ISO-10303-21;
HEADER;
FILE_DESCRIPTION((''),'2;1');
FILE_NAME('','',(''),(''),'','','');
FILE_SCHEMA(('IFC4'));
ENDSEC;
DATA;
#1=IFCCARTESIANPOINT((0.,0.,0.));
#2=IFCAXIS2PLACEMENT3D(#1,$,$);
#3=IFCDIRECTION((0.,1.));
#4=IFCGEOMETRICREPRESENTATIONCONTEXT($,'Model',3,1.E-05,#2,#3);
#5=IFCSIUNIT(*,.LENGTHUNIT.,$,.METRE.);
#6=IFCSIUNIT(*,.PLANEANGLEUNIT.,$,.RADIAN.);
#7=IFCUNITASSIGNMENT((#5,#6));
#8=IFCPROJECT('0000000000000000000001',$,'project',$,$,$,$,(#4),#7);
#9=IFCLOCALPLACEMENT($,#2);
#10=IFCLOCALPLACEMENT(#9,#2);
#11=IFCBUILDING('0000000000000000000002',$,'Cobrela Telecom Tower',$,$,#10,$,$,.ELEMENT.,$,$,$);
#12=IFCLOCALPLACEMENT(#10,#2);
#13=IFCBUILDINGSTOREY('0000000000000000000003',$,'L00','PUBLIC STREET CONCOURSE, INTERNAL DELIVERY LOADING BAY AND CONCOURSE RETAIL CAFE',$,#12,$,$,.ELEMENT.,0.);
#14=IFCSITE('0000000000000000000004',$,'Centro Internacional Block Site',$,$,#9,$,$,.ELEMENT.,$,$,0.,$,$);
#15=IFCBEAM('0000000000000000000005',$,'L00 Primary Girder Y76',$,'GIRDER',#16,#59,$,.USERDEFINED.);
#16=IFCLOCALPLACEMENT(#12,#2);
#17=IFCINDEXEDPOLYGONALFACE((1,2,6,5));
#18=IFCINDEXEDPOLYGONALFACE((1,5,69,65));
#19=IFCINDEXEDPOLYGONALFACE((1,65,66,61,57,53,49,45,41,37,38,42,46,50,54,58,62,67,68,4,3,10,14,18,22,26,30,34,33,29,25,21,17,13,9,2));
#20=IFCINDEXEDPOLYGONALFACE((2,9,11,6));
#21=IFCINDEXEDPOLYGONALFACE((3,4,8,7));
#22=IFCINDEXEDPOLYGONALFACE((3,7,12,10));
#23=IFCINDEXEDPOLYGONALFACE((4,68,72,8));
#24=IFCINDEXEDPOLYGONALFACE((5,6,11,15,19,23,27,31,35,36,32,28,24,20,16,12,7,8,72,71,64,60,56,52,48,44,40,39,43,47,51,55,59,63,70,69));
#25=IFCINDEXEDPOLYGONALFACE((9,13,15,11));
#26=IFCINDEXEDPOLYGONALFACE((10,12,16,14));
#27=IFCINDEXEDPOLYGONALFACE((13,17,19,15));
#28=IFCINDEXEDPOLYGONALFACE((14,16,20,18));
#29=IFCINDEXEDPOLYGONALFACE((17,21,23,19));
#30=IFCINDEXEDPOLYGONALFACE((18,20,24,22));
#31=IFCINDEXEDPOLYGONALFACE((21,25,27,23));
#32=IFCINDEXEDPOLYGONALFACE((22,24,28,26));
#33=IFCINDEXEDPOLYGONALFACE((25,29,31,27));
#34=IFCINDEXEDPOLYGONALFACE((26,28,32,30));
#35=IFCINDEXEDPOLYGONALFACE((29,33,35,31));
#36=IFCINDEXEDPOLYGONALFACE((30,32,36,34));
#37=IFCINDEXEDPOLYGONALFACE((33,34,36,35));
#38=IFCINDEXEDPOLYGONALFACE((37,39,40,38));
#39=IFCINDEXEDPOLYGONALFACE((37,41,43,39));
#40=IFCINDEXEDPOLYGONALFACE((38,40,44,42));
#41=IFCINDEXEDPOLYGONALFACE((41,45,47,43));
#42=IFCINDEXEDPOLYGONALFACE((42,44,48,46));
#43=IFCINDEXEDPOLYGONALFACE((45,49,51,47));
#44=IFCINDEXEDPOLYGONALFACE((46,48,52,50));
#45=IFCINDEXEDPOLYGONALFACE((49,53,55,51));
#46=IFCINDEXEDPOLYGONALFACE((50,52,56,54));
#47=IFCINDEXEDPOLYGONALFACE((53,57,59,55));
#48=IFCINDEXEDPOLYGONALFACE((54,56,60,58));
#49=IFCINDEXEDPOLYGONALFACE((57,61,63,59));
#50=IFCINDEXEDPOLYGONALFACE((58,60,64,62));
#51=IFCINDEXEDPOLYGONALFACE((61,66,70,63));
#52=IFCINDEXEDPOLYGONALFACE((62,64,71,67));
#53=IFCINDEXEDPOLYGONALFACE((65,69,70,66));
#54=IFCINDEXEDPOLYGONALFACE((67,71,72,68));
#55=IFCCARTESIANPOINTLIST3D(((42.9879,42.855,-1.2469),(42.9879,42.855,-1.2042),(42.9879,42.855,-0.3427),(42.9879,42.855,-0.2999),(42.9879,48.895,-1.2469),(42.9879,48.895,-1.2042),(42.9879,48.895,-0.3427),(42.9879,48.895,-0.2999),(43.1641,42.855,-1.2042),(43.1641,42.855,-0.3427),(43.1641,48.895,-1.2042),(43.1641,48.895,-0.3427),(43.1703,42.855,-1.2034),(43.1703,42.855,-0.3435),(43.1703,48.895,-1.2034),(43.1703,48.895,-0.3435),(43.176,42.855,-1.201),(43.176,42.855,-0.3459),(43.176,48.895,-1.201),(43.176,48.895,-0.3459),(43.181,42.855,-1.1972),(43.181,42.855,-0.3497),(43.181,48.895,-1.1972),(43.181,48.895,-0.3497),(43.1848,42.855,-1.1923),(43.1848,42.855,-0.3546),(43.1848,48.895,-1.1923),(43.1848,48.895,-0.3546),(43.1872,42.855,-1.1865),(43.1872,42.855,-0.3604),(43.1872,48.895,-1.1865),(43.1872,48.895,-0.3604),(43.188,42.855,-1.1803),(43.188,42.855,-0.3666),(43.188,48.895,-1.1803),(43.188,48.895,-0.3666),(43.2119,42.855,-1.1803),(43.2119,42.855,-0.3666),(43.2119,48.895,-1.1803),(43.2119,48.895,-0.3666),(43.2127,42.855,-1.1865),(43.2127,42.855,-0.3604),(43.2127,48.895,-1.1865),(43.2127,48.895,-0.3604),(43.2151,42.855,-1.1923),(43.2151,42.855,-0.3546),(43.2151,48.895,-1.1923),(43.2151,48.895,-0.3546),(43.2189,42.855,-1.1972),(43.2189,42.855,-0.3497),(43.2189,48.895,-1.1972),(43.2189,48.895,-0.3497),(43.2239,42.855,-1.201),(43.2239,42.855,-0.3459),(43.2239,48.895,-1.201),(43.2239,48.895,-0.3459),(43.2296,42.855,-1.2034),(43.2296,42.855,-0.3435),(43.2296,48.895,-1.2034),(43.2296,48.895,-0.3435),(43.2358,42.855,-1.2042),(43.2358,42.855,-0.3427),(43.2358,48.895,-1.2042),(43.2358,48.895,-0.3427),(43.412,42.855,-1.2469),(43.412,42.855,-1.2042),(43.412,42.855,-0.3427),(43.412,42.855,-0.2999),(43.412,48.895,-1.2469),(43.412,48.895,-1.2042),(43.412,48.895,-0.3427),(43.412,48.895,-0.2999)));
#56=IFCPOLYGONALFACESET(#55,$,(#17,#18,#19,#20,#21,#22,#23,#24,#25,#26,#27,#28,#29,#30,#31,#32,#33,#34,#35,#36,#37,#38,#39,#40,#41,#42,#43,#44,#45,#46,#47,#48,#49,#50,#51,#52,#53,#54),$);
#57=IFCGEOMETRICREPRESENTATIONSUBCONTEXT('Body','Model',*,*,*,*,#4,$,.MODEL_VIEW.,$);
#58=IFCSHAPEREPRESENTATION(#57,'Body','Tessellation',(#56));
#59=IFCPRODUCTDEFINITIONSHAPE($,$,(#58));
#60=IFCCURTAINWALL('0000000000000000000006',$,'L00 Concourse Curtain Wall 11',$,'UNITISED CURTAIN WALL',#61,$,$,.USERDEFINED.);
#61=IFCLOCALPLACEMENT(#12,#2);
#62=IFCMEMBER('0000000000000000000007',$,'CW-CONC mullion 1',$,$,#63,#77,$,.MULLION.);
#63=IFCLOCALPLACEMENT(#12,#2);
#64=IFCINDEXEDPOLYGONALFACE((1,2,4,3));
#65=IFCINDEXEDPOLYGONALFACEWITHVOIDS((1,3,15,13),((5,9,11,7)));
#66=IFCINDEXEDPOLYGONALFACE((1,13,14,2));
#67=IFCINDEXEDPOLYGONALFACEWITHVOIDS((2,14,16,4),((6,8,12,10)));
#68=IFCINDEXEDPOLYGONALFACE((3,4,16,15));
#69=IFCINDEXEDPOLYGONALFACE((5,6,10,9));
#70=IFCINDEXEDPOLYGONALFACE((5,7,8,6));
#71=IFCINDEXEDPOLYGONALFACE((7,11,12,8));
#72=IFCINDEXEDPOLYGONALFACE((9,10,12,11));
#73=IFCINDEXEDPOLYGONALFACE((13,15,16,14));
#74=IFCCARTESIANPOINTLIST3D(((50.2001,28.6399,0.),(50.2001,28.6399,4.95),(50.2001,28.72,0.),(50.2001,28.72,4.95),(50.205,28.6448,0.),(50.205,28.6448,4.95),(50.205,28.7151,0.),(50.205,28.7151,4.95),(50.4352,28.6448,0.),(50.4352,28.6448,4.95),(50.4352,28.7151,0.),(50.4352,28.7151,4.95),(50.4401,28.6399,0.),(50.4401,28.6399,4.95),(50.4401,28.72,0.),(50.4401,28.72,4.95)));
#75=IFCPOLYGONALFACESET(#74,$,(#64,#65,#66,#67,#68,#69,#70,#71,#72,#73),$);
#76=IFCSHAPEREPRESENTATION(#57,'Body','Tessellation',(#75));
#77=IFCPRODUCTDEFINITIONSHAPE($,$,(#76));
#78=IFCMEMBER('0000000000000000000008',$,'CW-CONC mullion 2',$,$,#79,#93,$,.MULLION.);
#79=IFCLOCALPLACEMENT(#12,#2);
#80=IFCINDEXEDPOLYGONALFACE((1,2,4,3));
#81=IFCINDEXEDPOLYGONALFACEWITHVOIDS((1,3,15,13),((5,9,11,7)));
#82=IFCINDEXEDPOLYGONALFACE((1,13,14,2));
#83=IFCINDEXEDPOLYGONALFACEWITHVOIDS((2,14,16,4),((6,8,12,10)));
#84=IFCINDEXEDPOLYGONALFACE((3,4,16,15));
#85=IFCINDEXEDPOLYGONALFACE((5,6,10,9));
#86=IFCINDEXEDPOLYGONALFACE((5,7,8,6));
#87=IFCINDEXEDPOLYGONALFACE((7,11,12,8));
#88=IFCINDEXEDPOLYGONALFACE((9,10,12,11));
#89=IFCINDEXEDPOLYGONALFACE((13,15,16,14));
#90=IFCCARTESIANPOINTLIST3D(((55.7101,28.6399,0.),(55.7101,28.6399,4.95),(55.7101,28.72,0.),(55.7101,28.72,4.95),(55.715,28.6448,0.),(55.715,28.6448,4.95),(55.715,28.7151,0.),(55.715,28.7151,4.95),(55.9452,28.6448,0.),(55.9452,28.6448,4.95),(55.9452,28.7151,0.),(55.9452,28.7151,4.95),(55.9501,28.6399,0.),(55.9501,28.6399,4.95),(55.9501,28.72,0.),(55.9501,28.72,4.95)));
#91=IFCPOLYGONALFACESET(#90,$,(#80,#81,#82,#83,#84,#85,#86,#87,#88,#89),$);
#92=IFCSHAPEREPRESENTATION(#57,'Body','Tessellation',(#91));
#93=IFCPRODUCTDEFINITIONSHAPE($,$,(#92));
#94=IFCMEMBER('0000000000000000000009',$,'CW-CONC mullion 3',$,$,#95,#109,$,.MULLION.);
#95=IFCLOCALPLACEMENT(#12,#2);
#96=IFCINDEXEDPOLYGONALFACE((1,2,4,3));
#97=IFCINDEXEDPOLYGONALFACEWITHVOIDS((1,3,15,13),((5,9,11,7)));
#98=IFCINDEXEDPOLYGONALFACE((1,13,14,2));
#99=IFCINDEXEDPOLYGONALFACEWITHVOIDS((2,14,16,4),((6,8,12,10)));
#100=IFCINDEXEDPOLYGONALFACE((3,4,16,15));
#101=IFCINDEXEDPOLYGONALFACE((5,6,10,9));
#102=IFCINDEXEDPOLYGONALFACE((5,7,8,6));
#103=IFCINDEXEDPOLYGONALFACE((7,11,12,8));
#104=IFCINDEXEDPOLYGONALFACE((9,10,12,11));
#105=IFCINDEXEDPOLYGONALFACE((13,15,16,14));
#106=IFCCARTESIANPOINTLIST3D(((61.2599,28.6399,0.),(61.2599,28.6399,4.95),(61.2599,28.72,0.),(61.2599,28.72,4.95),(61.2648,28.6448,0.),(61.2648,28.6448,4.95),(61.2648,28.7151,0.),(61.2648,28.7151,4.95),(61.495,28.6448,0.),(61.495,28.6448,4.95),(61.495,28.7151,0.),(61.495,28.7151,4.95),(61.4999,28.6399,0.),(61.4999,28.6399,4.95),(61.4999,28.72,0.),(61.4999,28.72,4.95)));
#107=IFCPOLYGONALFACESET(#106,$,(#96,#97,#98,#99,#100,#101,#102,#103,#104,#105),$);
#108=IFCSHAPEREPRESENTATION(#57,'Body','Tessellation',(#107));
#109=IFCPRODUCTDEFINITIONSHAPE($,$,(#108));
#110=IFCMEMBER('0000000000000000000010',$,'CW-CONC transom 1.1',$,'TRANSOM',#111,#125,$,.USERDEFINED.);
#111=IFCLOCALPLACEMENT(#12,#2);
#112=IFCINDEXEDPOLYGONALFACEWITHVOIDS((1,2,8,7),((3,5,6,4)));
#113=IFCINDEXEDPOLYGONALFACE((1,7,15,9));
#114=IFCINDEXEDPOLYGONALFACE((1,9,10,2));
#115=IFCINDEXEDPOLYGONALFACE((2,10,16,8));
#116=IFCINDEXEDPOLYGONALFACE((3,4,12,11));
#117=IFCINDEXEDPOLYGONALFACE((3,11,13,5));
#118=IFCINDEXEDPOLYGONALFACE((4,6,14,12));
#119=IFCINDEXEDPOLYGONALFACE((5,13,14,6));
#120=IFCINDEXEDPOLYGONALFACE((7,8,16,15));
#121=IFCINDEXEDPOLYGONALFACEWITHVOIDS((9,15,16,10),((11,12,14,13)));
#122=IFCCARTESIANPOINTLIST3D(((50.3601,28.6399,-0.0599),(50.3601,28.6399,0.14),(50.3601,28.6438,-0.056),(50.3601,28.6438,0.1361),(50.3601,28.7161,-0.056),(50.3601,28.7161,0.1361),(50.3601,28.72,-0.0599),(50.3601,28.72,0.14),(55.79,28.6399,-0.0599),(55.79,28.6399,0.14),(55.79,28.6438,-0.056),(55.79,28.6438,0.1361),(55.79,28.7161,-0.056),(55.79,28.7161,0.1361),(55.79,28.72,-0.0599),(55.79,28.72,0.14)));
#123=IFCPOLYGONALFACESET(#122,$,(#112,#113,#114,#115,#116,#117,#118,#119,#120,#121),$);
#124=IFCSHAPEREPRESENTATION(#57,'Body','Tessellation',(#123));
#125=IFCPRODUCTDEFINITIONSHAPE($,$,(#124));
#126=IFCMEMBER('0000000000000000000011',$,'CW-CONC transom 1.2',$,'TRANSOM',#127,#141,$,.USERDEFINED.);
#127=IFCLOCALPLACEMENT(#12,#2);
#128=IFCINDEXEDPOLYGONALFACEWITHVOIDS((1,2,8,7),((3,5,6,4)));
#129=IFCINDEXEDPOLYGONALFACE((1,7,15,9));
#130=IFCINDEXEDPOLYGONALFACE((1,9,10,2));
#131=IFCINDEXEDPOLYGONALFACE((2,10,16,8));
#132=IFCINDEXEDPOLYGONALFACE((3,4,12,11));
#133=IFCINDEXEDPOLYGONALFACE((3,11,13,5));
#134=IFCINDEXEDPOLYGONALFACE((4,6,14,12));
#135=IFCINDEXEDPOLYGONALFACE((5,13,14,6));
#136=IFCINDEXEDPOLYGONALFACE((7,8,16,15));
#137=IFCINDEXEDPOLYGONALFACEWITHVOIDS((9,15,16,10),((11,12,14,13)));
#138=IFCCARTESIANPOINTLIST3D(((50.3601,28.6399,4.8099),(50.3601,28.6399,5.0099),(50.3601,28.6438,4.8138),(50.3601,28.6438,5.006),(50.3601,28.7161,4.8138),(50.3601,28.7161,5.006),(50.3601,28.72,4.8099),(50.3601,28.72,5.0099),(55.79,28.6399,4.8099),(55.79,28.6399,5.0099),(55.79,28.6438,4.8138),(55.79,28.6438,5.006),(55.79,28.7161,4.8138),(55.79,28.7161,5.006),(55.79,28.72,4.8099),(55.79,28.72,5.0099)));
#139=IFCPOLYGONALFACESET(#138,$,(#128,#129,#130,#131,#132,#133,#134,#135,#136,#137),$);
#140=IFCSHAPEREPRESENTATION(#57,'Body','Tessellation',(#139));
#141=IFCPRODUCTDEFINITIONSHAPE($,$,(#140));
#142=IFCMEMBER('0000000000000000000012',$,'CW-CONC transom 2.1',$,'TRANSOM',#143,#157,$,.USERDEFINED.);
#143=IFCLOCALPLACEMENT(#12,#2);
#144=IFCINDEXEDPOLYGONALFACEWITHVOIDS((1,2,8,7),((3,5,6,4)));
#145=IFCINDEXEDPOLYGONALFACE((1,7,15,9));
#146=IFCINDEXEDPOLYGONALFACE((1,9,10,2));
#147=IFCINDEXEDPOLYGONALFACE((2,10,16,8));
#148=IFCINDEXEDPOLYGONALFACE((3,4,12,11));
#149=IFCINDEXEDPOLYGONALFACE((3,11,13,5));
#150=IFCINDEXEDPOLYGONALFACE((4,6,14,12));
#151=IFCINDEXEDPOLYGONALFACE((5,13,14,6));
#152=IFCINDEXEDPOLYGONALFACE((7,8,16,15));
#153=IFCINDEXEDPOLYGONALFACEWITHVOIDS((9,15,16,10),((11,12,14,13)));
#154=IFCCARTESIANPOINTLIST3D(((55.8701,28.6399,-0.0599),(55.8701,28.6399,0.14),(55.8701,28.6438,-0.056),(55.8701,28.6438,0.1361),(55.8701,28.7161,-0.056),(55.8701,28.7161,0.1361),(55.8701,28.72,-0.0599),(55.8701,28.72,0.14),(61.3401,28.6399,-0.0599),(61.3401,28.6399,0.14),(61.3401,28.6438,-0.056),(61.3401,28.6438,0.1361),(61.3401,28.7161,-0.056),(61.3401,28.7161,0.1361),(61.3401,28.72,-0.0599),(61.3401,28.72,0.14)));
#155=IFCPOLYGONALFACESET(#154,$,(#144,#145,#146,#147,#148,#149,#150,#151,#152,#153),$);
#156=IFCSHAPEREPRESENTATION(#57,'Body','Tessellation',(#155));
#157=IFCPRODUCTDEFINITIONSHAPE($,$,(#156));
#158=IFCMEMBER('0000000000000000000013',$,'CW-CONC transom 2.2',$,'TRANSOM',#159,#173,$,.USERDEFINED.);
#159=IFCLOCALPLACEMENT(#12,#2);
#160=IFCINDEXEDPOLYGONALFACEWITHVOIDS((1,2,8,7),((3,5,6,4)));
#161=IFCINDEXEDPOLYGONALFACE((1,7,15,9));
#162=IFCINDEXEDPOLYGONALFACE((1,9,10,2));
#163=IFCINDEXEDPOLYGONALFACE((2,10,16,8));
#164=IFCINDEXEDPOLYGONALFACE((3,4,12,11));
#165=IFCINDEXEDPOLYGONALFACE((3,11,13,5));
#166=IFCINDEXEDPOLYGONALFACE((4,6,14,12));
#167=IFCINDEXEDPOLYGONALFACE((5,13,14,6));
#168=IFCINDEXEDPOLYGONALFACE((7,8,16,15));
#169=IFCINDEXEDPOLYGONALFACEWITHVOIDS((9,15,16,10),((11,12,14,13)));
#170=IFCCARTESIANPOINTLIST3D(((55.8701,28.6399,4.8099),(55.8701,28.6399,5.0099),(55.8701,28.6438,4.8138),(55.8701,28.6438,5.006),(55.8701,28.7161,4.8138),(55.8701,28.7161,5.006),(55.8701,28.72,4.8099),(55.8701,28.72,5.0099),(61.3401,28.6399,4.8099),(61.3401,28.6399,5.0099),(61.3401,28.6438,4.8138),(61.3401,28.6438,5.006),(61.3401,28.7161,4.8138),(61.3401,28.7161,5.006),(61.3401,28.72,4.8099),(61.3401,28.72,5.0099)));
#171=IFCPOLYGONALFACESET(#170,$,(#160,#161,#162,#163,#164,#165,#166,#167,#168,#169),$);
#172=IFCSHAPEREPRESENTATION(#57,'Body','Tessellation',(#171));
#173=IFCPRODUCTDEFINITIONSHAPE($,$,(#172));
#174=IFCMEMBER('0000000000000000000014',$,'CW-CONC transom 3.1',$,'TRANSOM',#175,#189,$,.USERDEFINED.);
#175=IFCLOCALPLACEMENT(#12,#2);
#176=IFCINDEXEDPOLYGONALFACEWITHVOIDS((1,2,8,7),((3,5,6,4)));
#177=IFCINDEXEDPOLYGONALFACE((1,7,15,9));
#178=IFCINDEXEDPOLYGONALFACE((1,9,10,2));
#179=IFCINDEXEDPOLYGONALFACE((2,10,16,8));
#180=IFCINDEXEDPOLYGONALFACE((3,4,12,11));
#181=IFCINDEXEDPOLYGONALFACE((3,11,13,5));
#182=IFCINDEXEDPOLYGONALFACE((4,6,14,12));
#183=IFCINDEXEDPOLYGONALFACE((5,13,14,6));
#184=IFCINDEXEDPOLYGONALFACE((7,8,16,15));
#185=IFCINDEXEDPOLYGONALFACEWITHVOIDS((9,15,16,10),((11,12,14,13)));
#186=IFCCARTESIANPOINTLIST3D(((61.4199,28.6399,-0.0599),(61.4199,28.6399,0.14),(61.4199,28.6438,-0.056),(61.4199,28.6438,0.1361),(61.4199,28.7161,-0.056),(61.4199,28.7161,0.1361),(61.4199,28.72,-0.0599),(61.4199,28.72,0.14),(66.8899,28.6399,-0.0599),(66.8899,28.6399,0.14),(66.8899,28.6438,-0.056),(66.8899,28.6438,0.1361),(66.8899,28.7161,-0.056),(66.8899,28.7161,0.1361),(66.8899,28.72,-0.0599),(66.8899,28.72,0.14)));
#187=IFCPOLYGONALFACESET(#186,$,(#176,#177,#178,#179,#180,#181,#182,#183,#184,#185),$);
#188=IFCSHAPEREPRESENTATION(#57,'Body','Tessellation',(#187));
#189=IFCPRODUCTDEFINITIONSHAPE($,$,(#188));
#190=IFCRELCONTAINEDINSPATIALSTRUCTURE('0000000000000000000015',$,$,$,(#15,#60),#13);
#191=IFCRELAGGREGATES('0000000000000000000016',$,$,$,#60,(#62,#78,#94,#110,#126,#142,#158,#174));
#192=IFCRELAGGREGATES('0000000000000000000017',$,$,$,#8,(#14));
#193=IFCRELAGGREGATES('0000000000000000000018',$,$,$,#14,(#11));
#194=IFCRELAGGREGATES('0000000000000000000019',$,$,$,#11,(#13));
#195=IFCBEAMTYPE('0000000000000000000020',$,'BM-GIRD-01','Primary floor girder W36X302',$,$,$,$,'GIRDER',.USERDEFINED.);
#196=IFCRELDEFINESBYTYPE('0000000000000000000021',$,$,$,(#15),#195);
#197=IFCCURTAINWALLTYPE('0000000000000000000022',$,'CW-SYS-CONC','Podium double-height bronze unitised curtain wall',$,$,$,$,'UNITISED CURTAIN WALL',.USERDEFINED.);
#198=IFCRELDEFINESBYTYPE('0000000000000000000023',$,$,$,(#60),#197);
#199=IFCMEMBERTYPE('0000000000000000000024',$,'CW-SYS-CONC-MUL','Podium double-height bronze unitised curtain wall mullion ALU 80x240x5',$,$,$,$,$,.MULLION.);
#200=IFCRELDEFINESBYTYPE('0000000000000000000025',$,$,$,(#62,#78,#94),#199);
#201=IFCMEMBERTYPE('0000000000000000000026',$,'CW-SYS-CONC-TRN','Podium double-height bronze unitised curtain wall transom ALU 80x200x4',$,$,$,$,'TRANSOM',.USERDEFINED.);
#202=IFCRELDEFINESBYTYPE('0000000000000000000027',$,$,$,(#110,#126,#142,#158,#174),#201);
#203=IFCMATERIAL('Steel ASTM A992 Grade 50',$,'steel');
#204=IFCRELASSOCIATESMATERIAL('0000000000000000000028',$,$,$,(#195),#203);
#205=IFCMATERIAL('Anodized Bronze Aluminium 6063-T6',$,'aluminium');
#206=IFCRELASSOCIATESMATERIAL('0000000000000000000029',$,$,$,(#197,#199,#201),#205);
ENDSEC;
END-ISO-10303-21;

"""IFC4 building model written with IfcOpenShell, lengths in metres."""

from ifc_helpers import new_model, si_unit, direction, frame, origin, origin_2d, place, context, subcontext, project, spatial, hollow_rectangle, i_section, extrude, material, material_profile, profile_set, type_object, element, aggregate, save


model = new_model("IFC4")

# Units and contexts
model_context = context("Model", 3, precision=1e-05, world=origin(), true_north=direction((0.0, 1.0)))
body_context = subcontext(model_context, "Body", "Model", "MODEL_VIEW")
ifc_project = project(units=[si_unit("LENGTHUNIT", "METRE"), si_unit("PLANEANGLEUNIT", "RADIAN")], contexts=[model_context])

# Site, building, storey
site_placement = place(None, origin())
site = spatial("IfcSite", under=ifc_project, at=site_placement, Name="Centro Internacional Block Site", CompositionType="ELEMENT", RefElevation=0.0)
building_placement = place(site_placement, origin())
building = spatial("IfcBuilding", under=site, at=building_placement, Name="Cobrela Telecom Tower", CompositionType="ELEMENT")
storey_placement = place(building_placement, origin())
storey = spatial("IfcBuildingStorey", under=building, at=storey_placement, Name="L00", Description="PUBLIC STREET CONCOURSE, INTERNAL DELIVERY LOADING BAY AND CONCOURSE RETAIL CAFE", CompositionType="ELEMENT", Elevation=0.0)

# Beam
ifc_material_1 = material(Name="Steel ASTM A992 Grade 50", Category="steel")
ifc_material_profile_1 = material_profile(ifc_material_1, i_section(OverallWidth=0.4241, OverallDepth=0.947, WebThickness=0.0239, FlangeThickness=0.0427, FilletRadius=0.0239, at=origin_2d()), Name="W36X302")
ifc_profile_set_1 = profile_set([ifc_material_profile_1], Name="Steel ASTM A992 Grade 50")
beam_type = type_object("IfcBeamType", Name="BM-GIRD-01", Description="Primary floor girder W36X302", ElementType="GIRDER", PredefinedType="USERDEFINED", material=ifc_profile_set_1)
beam_1_placement = place(storey_placement, frame((43.2, 42.855, -0.7734), z_axis=(0.0, 1.0, 0.0), x_axis=(-1.0, 0.0, 0.0)))
element("IfcBeam", 1, at=beam_1_placement, inside=storey, type_object=beam_type, Name="L00 Primary Girder Y76", ObjectType="GIRDER", PredefinedType="USERDEFINED", context=body_context, shape_type="SweptSolid", body=[
    extrude(i_section(OverallWidth=0.4241, OverallDepth=0.947, WebThickness=0.0239, FlangeThickness=0.0427, FilletRadius=0.0239, at=origin_2d()), origin(), (0.0, 0.0, 1.0), 6.04),
])

# Curtain wall, members
ifc_material_2 = material(Name="Anodized Bronze Aluminium 6063-T6", Category="aluminium")
curtain_wall_type = type_object("IfcCurtainWallType", Name="CW-SYS-CONC", Description="Podium double-height bronze unitised curtain wall", ElementType="UNITISED CURTAIN WALL", PredefinedType="USERDEFINED", material=ifc_material_2)
curtain_wall_placement = place(storey_placement, origin())
curtain_wall = element("IfcCurtainWall", 2, at=curtain_wall_placement, inside=storey, type_object=curtain_wall_type, Name="L00 Concourse Curtain Wall 11", ObjectType="UNITISED CURTAIN WALL", PredefinedType="USERDEFINED")
ifc_material_profile_2 = material_profile(ifc_material_2, hollow_rectangle(XDim=0.0801, YDim=0.24, WallThickness=0.0049, at=origin_2d()), Name="ALU 80x240x5")
ifc_profile_set_2 = profile_set([ifc_material_profile_2], Name="Anodized Bronze Aluminium 6063-T6")
member_type_1 = type_object("IfcMemberType", Name="CW-SYS-CONC-MUL", Description="Podium double-height bronze unitised curtain wall mullion ALU 80x240x5", PredefinedType="MULLION", material=ifc_profile_set_2)
member_1_placement = place(storey_placement, frame((50.3201, 28.6799, 0.0), z_axis=(0.0, 0.0, 1.0), x_axis=(0.0, 1.0, 0.0)))
member_1 = element("IfcMember", 3, at=member_1_placement, type_object=member_type_1, Name="CW-CONC mullion 1", PredefinedType="MULLION", context=body_context, shape_type="SweptSolid", body=[
    extrude(hollow_rectangle(XDim=0.0801, YDim=0.24, WallThickness=0.0049, at=origin_2d()), origin(), (0.0, 0.0, 1.0), 4.95),
])
member_2_placement = place(storey_placement, frame((55.8301, 28.6799, 0.0), z_axis=(0.0, 0.0, 1.0), x_axis=(0.0, 1.0, 0.0)))
member_2 = element("IfcMember", 4, at=member_2_placement, type_object=member_type_1, Name="CW-CONC mullion 2", PredefinedType="MULLION", context=body_context, shape_type="SweptSolid", body=[
    extrude(hollow_rectangle(XDim=0.0801, YDim=0.24, WallThickness=0.0049, at=origin_2d()), origin(), (0.0, 0.0, 1.0), 4.95),
])
member_3_placement = place(storey_placement, frame((61.3799, 28.6799, 0.0), z_axis=(0.0, 0.0, 1.0), x_axis=(0.0, 1.0, 0.0)))
member_3 = element("IfcMember", 5, at=member_3_placement, type_object=member_type_1, Name="CW-CONC mullion 3", PredefinedType="MULLION", context=body_context, shape_type="SweptSolid", body=[
    extrude(hollow_rectangle(XDim=0.0801, YDim=0.24, WallThickness=0.0049, at=origin_2d()), origin(), (0.0, 0.0, 1.0), 4.95),
])
ifc_material_profile_3 = material_profile(ifc_material_2, hollow_rectangle(XDim=0.0801, YDim=0.2, WallThickness=0.0039, at=origin_2d()), Name="ALU 80x200x4")
ifc_profile_set_3 = profile_set([ifc_material_profile_3], Name="Anodized Bronze Aluminium 6063-T6")
member_type_2 = type_object("IfcMemberType", Name="CW-SYS-CONC-TRN", Description="Podium double-height bronze unitised curtain wall transom ALU 80x200x4", ElementType="TRANSOM", PredefinedType="USERDEFINED", material=ifc_profile_set_3)
member_4_placement = place(storey_placement, frame((50.3601, 28.6799, 0.04), z_axis=(1.0, 0.0, 0.0), x_axis=(0.0, 1.0, 0.0)))
member_4 = element("IfcMember", 6, at=member_4_placement, type_object=member_type_2, Name="CW-CONC transom 1.1", ObjectType="TRANSOM", PredefinedType="USERDEFINED", context=body_context, shape_type="SweptSolid", body=[
    extrude(hollow_rectangle(XDim=0.0801, YDim=0.2, WallThickness=0.0039, at=origin_2d()), origin(), (0.0, 0.0, 1.0), 5.4299),
])
member_5_placement = place(storey_placement, frame((50.3601, 28.6799, 4.9099), z_axis=(1.0, 0.0, 0.0), x_axis=(0.0, 1.0, 0.0)))
member_5 = element("IfcMember", 7, at=member_5_placement, type_object=member_type_2, Name="CW-CONC transom 1.2", ObjectType="TRANSOM", PredefinedType="USERDEFINED", context=body_context, shape_type="SweptSolid", body=[
    extrude(hollow_rectangle(XDim=0.0801, YDim=0.2, WallThickness=0.0039, at=origin_2d()), origin(), (0.0, 0.0, 1.0), 5.4299),
])
member_6_placement = place(storey_placement, frame((55.8701, 28.6799, 0.04), z_axis=(1.0, 0.0, 0.0), x_axis=(0.0, 1.0, 0.0)))
member_6 = element("IfcMember", 8, at=member_6_placement, type_object=member_type_2, Name="CW-CONC transom 2.1", ObjectType="TRANSOM", PredefinedType="USERDEFINED", context=body_context, shape_type="SweptSolid", body=[
    extrude(hollow_rectangle(XDim=0.0801, YDim=0.2, WallThickness=0.0039, at=origin_2d()), origin(), (0.0, 0.0, 1.0), 5.47),
])
member_7_placement = place(storey_placement, frame((55.8701, 28.6799, 4.9099), z_axis=(1.0, 0.0, 0.0), x_axis=(0.0, 1.0, 0.0)))
member_7 = element("IfcMember", 9, at=member_7_placement, type_object=member_type_2, Name="CW-CONC transom 2.2", ObjectType="TRANSOM", PredefinedType="USERDEFINED", context=body_context, shape_type="SweptSolid", body=[
    extrude(hollow_rectangle(XDim=0.0801, YDim=0.2, WallThickness=0.0039, at=origin_2d()), origin(), (0.0, 0.0, 1.0), 5.47),
])
member_8_placement = place(storey_placement, frame((61.4199, 28.6799, 0.04), z_axis=(1.0, 0.0, 0.0), x_axis=(0.0, 1.0, 0.0)))
member_8 = element("IfcMember", 10, at=member_8_placement, type_object=member_type_2, Name="CW-CONC transom 3.1", ObjectType="TRANSOM", PredefinedType="USERDEFINED", context=body_context, shape_type="SweptSolid", body=[
    extrude(hollow_rectangle(XDim=0.0801, YDim=0.2, WallThickness=0.0039, at=origin_2d()), origin(), (0.0, 0.0, 1.0), 5.47),
])
aggregate(curtain_wall, [member_1, member_2, member_3, member_4, member_5, member_6, member_7, member_8])

save(model, "model.ifc")
